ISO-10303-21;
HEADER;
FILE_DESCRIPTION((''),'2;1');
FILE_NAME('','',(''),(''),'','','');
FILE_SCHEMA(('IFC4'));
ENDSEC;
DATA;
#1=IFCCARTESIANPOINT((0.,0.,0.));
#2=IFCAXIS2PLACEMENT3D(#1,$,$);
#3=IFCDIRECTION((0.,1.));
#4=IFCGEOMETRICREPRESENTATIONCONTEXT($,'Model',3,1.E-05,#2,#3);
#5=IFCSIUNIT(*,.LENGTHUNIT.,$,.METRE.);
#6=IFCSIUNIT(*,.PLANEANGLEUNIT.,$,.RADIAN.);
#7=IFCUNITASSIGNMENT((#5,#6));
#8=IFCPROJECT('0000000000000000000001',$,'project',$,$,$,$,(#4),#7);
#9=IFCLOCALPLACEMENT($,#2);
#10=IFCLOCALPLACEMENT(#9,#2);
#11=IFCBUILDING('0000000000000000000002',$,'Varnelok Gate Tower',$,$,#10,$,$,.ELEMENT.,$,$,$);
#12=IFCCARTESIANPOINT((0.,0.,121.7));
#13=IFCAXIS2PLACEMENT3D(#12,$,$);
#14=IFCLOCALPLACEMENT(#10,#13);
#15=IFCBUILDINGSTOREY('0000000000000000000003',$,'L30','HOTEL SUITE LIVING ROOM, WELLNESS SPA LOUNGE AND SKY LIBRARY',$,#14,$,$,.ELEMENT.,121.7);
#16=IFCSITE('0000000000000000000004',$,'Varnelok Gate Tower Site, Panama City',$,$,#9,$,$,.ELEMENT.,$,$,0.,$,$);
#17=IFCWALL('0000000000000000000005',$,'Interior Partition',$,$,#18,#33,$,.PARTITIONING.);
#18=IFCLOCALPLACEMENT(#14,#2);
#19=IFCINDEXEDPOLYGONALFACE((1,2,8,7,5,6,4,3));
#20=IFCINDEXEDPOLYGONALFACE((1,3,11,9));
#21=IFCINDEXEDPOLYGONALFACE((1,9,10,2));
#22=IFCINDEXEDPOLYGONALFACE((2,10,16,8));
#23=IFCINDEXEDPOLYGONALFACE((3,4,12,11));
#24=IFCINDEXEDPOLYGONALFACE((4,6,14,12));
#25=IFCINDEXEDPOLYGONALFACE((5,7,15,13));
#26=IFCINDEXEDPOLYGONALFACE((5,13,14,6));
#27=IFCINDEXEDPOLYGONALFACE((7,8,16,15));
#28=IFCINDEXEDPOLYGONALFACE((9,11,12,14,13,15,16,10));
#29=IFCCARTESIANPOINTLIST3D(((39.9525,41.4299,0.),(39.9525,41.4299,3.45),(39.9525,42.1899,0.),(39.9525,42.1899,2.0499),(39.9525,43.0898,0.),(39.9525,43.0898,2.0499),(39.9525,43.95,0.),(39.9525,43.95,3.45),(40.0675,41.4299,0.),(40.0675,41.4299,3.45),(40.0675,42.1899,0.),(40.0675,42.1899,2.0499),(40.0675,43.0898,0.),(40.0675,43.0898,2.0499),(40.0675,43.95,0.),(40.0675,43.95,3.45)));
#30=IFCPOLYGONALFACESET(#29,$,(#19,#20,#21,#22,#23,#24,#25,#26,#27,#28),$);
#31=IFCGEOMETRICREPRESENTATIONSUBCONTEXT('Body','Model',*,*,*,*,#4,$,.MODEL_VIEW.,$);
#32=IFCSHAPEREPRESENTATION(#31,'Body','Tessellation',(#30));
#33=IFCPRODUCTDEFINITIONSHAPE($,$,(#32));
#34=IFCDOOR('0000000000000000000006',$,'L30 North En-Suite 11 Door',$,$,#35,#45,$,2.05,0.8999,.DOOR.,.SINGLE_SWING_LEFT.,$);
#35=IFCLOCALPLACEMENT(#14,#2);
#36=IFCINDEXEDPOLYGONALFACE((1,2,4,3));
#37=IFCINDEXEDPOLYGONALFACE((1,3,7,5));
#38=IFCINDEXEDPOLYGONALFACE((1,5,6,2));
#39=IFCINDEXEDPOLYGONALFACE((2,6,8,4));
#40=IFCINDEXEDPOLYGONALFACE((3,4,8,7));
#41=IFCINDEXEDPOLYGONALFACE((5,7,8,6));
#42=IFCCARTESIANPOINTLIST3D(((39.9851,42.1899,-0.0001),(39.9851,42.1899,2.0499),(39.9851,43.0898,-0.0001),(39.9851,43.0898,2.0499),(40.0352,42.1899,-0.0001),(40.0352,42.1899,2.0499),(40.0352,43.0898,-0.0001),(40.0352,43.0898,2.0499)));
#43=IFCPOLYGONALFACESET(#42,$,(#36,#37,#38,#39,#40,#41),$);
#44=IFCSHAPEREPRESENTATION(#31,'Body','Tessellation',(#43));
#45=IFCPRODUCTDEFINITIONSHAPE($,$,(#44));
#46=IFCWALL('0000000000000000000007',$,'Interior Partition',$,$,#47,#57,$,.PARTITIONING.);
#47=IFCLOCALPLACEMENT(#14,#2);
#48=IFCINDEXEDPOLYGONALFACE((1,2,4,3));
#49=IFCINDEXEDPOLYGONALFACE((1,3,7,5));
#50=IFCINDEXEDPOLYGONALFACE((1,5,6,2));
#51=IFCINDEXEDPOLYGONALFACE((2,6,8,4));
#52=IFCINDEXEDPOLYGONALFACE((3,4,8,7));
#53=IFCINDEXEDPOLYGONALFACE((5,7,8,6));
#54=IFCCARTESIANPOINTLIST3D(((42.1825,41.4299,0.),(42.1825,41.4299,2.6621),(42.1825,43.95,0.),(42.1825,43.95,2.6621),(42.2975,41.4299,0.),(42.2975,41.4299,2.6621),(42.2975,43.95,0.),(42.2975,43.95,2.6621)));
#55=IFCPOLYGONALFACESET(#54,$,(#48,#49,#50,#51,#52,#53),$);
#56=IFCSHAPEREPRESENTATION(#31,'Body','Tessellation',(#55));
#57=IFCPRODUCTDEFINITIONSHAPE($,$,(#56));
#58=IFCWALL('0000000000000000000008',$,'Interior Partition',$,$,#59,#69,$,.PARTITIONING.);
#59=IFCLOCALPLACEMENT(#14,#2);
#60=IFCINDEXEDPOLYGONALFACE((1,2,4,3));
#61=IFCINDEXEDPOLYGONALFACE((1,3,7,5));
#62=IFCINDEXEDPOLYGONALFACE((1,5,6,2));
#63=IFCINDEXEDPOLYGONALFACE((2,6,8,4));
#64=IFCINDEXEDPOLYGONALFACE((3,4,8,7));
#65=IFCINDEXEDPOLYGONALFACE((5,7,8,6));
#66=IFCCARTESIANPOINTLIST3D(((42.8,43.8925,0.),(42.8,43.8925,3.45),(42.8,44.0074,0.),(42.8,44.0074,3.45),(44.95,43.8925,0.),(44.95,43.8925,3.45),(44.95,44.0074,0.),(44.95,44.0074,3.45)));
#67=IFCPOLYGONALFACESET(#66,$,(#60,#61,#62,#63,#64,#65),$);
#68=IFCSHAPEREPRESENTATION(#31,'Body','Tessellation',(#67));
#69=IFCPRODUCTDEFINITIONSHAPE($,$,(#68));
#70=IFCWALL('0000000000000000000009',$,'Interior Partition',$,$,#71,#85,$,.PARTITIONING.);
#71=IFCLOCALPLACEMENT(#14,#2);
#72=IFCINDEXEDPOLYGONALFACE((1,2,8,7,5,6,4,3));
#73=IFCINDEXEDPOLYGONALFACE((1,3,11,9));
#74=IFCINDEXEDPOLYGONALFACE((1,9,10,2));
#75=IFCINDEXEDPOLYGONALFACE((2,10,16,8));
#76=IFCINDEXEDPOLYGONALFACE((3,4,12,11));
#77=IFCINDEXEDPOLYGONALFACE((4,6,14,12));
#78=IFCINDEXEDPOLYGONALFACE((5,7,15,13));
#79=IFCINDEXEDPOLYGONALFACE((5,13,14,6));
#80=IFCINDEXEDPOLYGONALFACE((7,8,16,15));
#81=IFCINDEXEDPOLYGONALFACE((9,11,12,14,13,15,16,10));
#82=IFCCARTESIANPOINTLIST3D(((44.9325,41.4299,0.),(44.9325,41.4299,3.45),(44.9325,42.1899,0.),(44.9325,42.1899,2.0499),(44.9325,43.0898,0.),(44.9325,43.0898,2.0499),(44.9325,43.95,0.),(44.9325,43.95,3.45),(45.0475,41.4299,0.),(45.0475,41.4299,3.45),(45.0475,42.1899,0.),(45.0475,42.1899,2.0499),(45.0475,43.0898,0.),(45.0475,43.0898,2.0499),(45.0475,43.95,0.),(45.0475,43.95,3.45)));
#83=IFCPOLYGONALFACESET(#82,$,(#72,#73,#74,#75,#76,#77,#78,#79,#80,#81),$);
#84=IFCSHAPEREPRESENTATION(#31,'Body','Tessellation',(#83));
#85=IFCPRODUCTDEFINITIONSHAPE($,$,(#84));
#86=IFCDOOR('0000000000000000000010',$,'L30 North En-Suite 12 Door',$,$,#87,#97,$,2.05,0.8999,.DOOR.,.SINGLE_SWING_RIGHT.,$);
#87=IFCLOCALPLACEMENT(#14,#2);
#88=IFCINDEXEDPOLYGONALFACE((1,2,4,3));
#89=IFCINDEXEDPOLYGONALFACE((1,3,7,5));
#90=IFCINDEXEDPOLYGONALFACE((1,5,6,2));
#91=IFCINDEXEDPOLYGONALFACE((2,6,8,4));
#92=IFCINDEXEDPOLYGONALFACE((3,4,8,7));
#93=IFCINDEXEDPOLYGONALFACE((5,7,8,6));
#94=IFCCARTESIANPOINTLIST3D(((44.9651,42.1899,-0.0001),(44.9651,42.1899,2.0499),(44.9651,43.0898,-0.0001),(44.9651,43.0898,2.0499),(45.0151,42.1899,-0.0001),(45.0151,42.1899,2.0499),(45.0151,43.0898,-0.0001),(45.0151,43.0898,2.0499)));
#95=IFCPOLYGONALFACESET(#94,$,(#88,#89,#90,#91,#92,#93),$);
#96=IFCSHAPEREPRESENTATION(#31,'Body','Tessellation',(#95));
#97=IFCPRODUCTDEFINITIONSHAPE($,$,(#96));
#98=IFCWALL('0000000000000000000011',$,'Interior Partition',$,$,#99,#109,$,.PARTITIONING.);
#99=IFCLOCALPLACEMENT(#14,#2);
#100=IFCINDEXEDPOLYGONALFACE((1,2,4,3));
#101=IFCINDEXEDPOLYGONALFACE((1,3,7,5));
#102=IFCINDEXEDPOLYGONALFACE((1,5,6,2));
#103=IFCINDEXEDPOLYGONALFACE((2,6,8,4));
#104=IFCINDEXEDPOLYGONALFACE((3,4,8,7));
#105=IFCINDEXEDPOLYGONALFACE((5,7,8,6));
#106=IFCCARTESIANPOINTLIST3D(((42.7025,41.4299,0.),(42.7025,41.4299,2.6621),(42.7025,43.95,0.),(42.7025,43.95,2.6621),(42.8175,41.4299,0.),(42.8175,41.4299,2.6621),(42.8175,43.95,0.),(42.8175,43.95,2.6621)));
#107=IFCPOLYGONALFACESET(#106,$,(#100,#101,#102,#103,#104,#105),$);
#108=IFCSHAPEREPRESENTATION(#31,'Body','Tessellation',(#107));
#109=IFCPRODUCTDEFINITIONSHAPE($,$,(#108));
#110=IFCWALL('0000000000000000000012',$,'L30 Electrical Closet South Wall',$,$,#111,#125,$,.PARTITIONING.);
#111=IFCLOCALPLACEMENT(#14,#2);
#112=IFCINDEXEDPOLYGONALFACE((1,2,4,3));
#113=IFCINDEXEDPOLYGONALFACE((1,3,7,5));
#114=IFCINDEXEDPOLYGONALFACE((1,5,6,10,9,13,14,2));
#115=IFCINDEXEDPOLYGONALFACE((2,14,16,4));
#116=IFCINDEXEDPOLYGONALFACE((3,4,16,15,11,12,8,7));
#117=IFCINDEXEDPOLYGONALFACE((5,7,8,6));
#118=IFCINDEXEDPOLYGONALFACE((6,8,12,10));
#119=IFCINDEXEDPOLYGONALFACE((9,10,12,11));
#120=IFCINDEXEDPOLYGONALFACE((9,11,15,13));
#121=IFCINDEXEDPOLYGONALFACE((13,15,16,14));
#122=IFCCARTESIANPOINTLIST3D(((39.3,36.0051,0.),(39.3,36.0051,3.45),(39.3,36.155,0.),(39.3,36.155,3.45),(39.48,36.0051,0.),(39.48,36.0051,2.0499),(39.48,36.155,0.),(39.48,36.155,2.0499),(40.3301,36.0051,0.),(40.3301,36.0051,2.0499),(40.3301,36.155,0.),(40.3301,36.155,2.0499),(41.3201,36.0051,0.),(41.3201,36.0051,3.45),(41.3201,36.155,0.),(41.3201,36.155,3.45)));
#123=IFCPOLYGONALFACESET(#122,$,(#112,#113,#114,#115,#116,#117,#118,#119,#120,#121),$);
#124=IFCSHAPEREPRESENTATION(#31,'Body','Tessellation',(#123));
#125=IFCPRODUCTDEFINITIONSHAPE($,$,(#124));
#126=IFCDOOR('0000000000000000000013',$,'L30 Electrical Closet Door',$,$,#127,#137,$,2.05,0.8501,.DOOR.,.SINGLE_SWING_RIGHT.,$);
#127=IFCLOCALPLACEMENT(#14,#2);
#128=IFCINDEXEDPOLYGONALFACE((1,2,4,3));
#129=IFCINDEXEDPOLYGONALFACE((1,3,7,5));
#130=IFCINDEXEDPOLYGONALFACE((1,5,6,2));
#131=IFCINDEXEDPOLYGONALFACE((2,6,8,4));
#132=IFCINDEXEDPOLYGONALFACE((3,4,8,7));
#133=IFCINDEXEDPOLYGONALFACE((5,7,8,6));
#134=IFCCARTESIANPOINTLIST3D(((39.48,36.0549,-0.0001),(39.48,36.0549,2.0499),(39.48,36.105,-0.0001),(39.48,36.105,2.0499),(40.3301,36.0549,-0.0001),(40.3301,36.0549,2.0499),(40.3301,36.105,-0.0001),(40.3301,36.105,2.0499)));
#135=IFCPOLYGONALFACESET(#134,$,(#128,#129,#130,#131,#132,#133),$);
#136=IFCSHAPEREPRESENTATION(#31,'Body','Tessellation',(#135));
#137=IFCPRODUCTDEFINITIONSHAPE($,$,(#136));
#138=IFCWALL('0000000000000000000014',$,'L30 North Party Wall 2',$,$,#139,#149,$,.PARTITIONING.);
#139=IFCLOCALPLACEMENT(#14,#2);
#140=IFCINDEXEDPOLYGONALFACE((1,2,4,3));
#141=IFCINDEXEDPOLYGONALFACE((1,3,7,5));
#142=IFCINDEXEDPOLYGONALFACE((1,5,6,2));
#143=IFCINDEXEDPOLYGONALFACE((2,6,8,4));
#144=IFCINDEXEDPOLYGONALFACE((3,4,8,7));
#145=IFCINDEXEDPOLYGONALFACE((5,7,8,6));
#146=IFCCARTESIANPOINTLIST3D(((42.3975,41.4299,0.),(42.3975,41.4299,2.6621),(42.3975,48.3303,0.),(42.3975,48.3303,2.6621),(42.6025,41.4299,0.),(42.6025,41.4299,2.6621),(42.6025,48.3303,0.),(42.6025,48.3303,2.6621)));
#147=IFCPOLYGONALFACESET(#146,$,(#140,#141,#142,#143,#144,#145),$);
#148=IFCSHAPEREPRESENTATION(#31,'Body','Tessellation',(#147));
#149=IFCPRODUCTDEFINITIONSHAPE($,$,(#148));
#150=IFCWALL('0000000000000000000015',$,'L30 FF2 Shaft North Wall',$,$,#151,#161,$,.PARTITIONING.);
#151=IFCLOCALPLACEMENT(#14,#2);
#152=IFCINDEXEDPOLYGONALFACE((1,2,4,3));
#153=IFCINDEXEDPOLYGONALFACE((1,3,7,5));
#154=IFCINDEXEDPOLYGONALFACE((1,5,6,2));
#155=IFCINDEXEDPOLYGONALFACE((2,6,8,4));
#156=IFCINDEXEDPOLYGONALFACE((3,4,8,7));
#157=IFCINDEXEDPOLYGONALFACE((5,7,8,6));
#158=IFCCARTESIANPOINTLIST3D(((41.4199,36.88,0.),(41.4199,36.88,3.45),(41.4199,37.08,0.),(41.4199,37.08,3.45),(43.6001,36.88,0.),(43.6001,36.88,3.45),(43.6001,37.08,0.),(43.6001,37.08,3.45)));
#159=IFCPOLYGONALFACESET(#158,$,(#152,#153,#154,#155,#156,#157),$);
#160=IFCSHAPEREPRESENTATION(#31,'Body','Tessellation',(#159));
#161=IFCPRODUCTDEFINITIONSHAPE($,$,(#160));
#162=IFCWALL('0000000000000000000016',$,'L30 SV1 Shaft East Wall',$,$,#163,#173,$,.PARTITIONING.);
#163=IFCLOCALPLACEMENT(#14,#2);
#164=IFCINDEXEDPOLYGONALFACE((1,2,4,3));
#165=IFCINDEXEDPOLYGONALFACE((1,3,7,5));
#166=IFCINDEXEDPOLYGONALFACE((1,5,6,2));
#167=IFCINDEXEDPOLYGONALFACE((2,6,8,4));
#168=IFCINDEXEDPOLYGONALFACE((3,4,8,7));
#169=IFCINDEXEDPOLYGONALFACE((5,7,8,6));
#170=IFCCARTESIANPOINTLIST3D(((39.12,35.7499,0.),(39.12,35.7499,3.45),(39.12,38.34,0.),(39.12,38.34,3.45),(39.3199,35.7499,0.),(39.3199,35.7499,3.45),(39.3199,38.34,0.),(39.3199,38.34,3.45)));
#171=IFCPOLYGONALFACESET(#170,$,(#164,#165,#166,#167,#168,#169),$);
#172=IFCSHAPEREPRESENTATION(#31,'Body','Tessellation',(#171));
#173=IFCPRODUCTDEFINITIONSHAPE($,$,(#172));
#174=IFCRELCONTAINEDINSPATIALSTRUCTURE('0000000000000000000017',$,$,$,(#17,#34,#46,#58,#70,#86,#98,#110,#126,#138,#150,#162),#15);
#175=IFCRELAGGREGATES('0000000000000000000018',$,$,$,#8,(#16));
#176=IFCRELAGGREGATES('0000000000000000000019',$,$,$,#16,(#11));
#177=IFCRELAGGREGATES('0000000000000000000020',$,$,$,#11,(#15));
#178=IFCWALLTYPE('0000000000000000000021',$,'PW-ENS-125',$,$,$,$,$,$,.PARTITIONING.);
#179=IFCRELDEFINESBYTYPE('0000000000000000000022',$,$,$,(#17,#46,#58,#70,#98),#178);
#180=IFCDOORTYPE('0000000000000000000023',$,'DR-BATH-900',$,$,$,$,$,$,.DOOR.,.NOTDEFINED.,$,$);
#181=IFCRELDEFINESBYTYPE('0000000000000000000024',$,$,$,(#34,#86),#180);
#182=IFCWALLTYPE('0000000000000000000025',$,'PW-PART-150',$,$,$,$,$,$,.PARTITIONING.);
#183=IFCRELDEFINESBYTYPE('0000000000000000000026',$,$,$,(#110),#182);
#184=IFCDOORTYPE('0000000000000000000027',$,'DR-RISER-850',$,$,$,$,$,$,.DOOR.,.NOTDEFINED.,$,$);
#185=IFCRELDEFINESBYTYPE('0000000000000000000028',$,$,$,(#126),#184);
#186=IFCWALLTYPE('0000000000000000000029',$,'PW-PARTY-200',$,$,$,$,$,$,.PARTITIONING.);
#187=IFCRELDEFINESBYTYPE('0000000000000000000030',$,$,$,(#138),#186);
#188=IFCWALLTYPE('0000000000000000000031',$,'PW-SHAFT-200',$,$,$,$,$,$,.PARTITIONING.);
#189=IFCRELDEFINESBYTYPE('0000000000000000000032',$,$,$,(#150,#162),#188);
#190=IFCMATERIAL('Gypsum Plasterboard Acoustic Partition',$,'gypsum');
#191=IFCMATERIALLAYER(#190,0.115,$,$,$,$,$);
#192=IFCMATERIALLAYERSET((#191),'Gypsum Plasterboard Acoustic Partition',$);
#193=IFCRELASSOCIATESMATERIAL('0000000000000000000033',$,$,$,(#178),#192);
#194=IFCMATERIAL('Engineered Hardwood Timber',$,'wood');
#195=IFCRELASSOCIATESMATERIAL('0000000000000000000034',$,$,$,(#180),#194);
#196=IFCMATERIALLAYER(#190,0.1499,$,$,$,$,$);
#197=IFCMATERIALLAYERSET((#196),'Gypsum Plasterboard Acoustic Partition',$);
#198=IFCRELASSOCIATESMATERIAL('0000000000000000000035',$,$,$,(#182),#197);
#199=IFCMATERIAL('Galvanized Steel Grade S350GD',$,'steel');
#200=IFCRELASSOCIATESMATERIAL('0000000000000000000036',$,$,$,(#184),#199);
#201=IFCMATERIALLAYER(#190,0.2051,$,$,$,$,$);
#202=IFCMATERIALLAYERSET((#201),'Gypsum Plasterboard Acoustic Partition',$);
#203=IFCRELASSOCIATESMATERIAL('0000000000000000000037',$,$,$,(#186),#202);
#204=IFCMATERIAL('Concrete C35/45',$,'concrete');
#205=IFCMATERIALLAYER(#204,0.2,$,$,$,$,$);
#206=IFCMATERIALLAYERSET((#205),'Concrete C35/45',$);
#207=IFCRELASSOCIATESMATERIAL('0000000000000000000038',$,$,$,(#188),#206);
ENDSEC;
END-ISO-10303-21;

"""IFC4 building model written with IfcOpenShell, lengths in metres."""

from ifc_helpers import new_model, si_unit, direction, frame, frame_2d, origin, place, context, subcontext, project, spatial, rectangle, extrude, material, layer, layer_set, type_object, element, fill, save


model = new_model("IFC4")

# Units and contexts
model_context = context("Model", 3, precision=1e-05, world=origin(), true_north=direction((0.0, 1.0)))
body_context = subcontext(model_context, "Body", "Model", "MODEL_VIEW")
ifc_project = project(units=[si_unit("LENGTHUNIT", "METRE"), si_unit("PLANEANGLEUNIT", "RADIAN")], contexts=[model_context])

# Site, building, storey
site_placement = place(None, origin())
site = spatial("IfcSite", under=ifc_project, at=site_placement, Name="Varnelok Gate Tower Site, Panama City", CompositionType="ELEMENT", RefElevation=0.0)
building_placement = place(site_placement, origin())
building = spatial("IfcBuilding", under=site, at=building_placement, Name="Varnelok Gate Tower", CompositionType="ELEMENT")
storey_placement = place(building_placement, frame((0.0, 0.0, 121.7)))
storey = spatial("IfcBuildingStorey", under=building, at=storey_placement, Name="L30", Description="HOTEL SUITE LIVING ROOM, WELLNESS SPA LOUNGE AND SKY LIBRARY", CompositionType="ELEMENT", Elevation=121.7)

# Shared definitions
ifc_material_1 = material(Name="Gypsum Plasterboard Acoustic Partition", Category="gypsum")
ifc_material_2 = material(Name="Engineered Hardwood Timber", Category="wood")

# Shared definitions
ifc_layer_1 = layer(ifc_material_1, 0.115)
ifc_layer_set_1 = layer_set([ifc_layer_1], Name="Gypsum Plasterboard Acoustic Partition")
wall_type_1 = type_object("IfcWallType", Name="PW-ENS-125", PredefinedType="PARTITIONING", material=ifc_layer_set_1)

# Wall, opening, door
wall_1_placement = place(storey_placement, frame((40.01, 41.4299, 0.0), z_axis=(0.0, 0.0, 1.0), x_axis=(0.0, 1.0, 0.0)))
wall_1 = element("IfcWall", 1, at=wall_1_placement, inside=storey, type_object=wall_type_1, Name="Interior Partition", PredefinedType="PARTITIONING", context=body_context, shape_type="SweptSolid", body=[
    extrude(rectangle(XDim=2.52, YDim=0.115, at=frame_2d((1.26, 0.0))), origin(), (0.0, 0.0, 1.0), 3.45),
])
opening_1_placement = place(wall_1_placement, frame((0.76, 0.0, 0.0)))
opening_1 = element("IfcOpeningElement", 2, at=opening_1_placement, cuts=wall_1, PredefinedType="OPENING", context=body_context, shape_type="SweptSolid", body=[
    extrude(rectangle(XDim=0.8999, YDim=2.05, at=frame_2d((0.45, 1.0249))), frame((0.0, 0.0674, 0.0), z_axis=(0.0, -1.0, 0.0), x_axis=(1.0, 0.0, 0.0)), (0.0, 0.0, 1.0), 0.135),
])
door_type_1 = type_object("IfcDoorType", Name="DR-BATH-900", OperationType="NOTDEFINED", PredefinedType="DOOR", material=ifc_material_2)
door_1_placement = place(opening_1_placement, origin())
door_1 = element("IfcDoor", 3, at=door_1_placement, inside=storey, type_object=door_type_1, Name="L30 North En-Suite 11 Door", OperationType="SINGLE_SWING_LEFT", OverallHeight=2.05, OverallWidth=0.8999, PredefinedType="DOOR", context=body_context, shape_type="SweptSolid", body=[
    extrude(rectangle(XDim=0.8999, YDim=2.05, at=frame_2d((0.45, 1.0249))), frame((0.0, 0.0249, 0.0), z_axis=(0.0, -1.0, 0.0), x_axis=(1.0, 0.0, 0.0)), (0.0, 0.0, 1.0), 0.05),
])
fill(opening_1, door_1)

# Walls
wall_2_placement = place(storey_placement, frame((42.24, 41.4299, 0.0), z_axis=(0.0, 0.0, 1.0), x_axis=(0.0, 1.0, 0.0)))
element("IfcWall", 4, at=wall_2_placement, inside=storey, type_object=wall_type_1, Name="Interior Partition", PredefinedType="PARTITIONING", context=body_context, shape_type="SweptSolid", body=[
    extrude(rectangle(XDim=2.52, YDim=0.115, at=frame_2d((1.26, 0.0))), origin(), (0.0, 0.0, 1.0), 2.6621),
])
wall_3_placement = place(storey_placement, frame((42.8, 43.95, 0.0), z_axis=(0.0, 0.0, 1.0), x_axis=(1.0, 0.0, 0.0)))
element("IfcWall", 5, at=wall_3_placement, inside=storey, type_object=wall_type_1, Name="Interior Partition", PredefinedType="PARTITIONING", context=body_context, shape_type="SweptSolid", body=[
    extrude(rectangle(XDim=2.1499, YDim=0.115, at=frame_2d((1.075, 0.0))), origin(), (0.0, 0.0, 1.0), 3.45),
])

# Wall, opening, door
wall_4_placement = place(storey_placement, frame((44.99, 41.4299, 0.0), z_axis=(0.0, 0.0, 1.0), x_axis=(0.0, 1.0, 0.0)))
wall_4 = element("IfcWall", 6, at=wall_4_placement, inside=storey, type_object=wall_type_1, Name="Interior Partition", PredefinedType="PARTITIONING", context=body_context, shape_type="SweptSolid", body=[
    extrude(rectangle(XDim=2.52, YDim=0.115, at=frame_2d((1.26, 0.0))), origin(), (0.0, 0.0, 1.0), 3.45),
])
opening_2_placement = place(wall_4_placement, frame((0.76, 0.0, 0.0)))
opening_2 = element("IfcOpeningElement", 7, at=opening_2_placement, cuts=wall_4, PredefinedType="OPENING", context=body_context, shape_type="SweptSolid", body=[
    extrude(rectangle(XDim=0.8999, YDim=2.05, at=frame_2d((0.45, 1.0249))), frame((0.0, 0.0674, 0.0), z_axis=(0.0, -1.0, 0.0), x_axis=(1.0, 0.0, 0.0)), (0.0, 0.0, 1.0), 0.135),
])
door_2_placement = place(opening_2_placement, origin())
door_2 = element("IfcDoor", 8, at=door_2_placement, inside=storey, type_object=door_type_1, Name="L30 North En-Suite 12 Door", OperationType="SINGLE_SWING_RIGHT", OverallHeight=2.05, OverallWidth=0.8999, PredefinedType="DOOR", context=body_context, shape_type="SweptSolid", body=[
    extrude(rectangle(XDim=0.8999, YDim=2.05, at=frame_2d((0.45, 1.0249))), frame((0.0, 0.0249, 0.0), z_axis=(0.0, -1.0, 0.0), x_axis=(1.0, 0.0, 0.0)), (0.0, 0.0, 1.0), 0.05),
])
fill(opening_2, door_2)

# Wall
wall_5_placement = place(storey_placement, frame((42.76, 41.4299, 0.0), z_axis=(0.0, 0.0, 1.0), x_axis=(0.0, 1.0, 0.0)))
element("IfcWall", 9, at=wall_5_placement, inside=storey, type_object=wall_type_1, Name="Interior Partition", PredefinedType="PARTITIONING", context=body_context, shape_type="SweptSolid", body=[
    extrude(rectangle(XDim=2.52, YDim=0.115, at=frame_2d((1.26, 0.0))), origin(), (0.0, 0.0, 1.0), 2.6621),
])

# Wall, opening, door
ifc_layer_2 = layer(ifc_material_1, 0.1499)
ifc_layer_set_2 = layer_set([ifc_layer_2], Name="Gypsum Plasterboard Acoustic Partition")
wall_type_2 = type_object("IfcWallType", Name="PW-PART-150", PredefinedType="PARTITIONING", material=ifc_layer_set_2)
wall_6_placement = place(storey_placement, frame((39.3, 36.0801, 0.0), z_axis=(0.0, 0.0, 1.0), x_axis=(1.0, 0.0, 0.0)))
wall_6 = element("IfcWall", 10, at=wall_6_placement, inside=storey, type_object=wall_type_2, Name="L30 Electrical Closet South Wall", PredefinedType="PARTITIONING", context=body_context, shape_type="SweptSolid", body=[
    extrude(rectangle(XDim=2.02, YDim=0.1499, at=frame_2d((1.01, 0.0))), origin(), (0.0, 0.0, 1.0), 3.45),
])
opening_3_placement = place(wall_6_placement, frame((0.1799, 0.0, 0.0)))
opening_3 = element("IfcOpeningElement", 11, at=opening_3_placement, cuts=wall_6, PredefinedType="OPENING", context=body_context, shape_type="SweptSolid", body=[
    extrude(rectangle(XDim=0.8501, YDim=2.05, at=frame_2d((0.425, 1.0249))), frame((0.0, 0.085, 0.0), z_axis=(0.0, -1.0, 0.0), x_axis=(1.0, 0.0, 0.0)), (0.0, 0.0, 1.0), 0.1699),
])
ifc_material_3 = material(Name="Galvanized Steel Grade S350GD", Category="steel")
door_type_2 = type_object("IfcDoorType", Name="DR-RISER-850", OperationType="NOTDEFINED", PredefinedType="DOOR", material=ifc_material_3)
door_3_placement = place(opening_3_placement, origin())
door_3 = element("IfcDoor", 12, at=door_3_placement, inside=storey, type_object=door_type_2, Name="L30 Electrical Closet Door", OperationType="SINGLE_SWING_RIGHT", OverallHeight=2.05, OverallWidth=0.8501, PredefinedType="DOOR", context=body_context, shape_type="SweptSolid", body=[
    extrude(rectangle(XDim=0.8501, YDim=2.05, at=frame_2d((0.425, 1.0249))), frame((0.0, 0.0249, 0.0), z_axis=(0.0, -1.0, 0.0), x_axis=(1.0, 0.0, 0.0)), (0.0, 0.0, 1.0), 0.05),
])
fill(opening_3, door_3)

# Walls
ifc_layer_3 = layer(ifc_material_1, 0.2051)
ifc_layer_set_3 = layer_set([ifc_layer_3], Name="Gypsum Plasterboard Acoustic Partition")
wall_type_3 = type_object("IfcWallType", Name="PW-PARTY-200", PredefinedType="PARTITIONING", material=ifc_layer_set_3)
wall_7_placement = place(storey_placement, frame((42.5, 41.4299, 0.0), z_axis=(0.0, 0.0, 1.0), x_axis=(0.0, 1.0, 0.0)))
element("IfcWall", 13, at=wall_7_placement, inside=storey, type_object=wall_type_3, Name="L30 North Party Wall 2", PredefinedType="PARTITIONING", context=body_context, shape_type="SweptSolid", body=[
    extrude(rectangle(XDim=6.9004, YDim=0.2051, at=frame_2d((3.4502, 0.0))), origin(), (0.0, 0.0, 1.0), 2.6621),
])
ifc_material_4 = material(Name="Concrete C35/45", Category="concrete")
ifc_layer_4 = layer(ifc_material_4, 0.2)
ifc_layer_set_4 = layer_set([ifc_layer_4], Name="Concrete C35/45")
wall_type_4 = type_object("IfcWallType", Name="PW-SHAFT-200", PredefinedType="PARTITIONING", material=ifc_layer_set_4)
wall_8_placement = place(storey_placement, frame((41.4199, 36.98, 0.0), z_axis=(0.0, 0.0, 1.0), x_axis=(1.0, 0.0, 0.0)))
element("IfcWall", 14, at=wall_8_placement, inside=storey, type_object=wall_type_4, Name="L30 FF2 Shaft North Wall", PredefinedType="PARTITIONING", context=body_context, shape_type="SweptSolid", body=[
    extrude(rectangle(XDim=2.1802, YDim=0.2, at=frame_2d((1.0901, 0.0))), origin(), (0.0, 0.0, 1.0), 3.45),
])
wall_9_placement = place(storey_placement, frame((39.22, 35.75, 0.0), z_axis=(0.0, 0.0, 1.0), x_axis=(0.0, 1.0, 0.0)))
element("IfcWall", 15, at=wall_9_placement, inside=storey, type_object=wall_type_4, Name="L30 SV1 Shaft East Wall", PredefinedType="PARTITIONING", context=body_context, shape_type="SweptSolid", body=[
    extrude(rectangle(XDim=2.5901, YDim=0.2, at=frame_2d((1.2949, 0.0))), origin(), (0.0, 0.0, 1.0), 3.45),
])

save(model, "model.ifc")
